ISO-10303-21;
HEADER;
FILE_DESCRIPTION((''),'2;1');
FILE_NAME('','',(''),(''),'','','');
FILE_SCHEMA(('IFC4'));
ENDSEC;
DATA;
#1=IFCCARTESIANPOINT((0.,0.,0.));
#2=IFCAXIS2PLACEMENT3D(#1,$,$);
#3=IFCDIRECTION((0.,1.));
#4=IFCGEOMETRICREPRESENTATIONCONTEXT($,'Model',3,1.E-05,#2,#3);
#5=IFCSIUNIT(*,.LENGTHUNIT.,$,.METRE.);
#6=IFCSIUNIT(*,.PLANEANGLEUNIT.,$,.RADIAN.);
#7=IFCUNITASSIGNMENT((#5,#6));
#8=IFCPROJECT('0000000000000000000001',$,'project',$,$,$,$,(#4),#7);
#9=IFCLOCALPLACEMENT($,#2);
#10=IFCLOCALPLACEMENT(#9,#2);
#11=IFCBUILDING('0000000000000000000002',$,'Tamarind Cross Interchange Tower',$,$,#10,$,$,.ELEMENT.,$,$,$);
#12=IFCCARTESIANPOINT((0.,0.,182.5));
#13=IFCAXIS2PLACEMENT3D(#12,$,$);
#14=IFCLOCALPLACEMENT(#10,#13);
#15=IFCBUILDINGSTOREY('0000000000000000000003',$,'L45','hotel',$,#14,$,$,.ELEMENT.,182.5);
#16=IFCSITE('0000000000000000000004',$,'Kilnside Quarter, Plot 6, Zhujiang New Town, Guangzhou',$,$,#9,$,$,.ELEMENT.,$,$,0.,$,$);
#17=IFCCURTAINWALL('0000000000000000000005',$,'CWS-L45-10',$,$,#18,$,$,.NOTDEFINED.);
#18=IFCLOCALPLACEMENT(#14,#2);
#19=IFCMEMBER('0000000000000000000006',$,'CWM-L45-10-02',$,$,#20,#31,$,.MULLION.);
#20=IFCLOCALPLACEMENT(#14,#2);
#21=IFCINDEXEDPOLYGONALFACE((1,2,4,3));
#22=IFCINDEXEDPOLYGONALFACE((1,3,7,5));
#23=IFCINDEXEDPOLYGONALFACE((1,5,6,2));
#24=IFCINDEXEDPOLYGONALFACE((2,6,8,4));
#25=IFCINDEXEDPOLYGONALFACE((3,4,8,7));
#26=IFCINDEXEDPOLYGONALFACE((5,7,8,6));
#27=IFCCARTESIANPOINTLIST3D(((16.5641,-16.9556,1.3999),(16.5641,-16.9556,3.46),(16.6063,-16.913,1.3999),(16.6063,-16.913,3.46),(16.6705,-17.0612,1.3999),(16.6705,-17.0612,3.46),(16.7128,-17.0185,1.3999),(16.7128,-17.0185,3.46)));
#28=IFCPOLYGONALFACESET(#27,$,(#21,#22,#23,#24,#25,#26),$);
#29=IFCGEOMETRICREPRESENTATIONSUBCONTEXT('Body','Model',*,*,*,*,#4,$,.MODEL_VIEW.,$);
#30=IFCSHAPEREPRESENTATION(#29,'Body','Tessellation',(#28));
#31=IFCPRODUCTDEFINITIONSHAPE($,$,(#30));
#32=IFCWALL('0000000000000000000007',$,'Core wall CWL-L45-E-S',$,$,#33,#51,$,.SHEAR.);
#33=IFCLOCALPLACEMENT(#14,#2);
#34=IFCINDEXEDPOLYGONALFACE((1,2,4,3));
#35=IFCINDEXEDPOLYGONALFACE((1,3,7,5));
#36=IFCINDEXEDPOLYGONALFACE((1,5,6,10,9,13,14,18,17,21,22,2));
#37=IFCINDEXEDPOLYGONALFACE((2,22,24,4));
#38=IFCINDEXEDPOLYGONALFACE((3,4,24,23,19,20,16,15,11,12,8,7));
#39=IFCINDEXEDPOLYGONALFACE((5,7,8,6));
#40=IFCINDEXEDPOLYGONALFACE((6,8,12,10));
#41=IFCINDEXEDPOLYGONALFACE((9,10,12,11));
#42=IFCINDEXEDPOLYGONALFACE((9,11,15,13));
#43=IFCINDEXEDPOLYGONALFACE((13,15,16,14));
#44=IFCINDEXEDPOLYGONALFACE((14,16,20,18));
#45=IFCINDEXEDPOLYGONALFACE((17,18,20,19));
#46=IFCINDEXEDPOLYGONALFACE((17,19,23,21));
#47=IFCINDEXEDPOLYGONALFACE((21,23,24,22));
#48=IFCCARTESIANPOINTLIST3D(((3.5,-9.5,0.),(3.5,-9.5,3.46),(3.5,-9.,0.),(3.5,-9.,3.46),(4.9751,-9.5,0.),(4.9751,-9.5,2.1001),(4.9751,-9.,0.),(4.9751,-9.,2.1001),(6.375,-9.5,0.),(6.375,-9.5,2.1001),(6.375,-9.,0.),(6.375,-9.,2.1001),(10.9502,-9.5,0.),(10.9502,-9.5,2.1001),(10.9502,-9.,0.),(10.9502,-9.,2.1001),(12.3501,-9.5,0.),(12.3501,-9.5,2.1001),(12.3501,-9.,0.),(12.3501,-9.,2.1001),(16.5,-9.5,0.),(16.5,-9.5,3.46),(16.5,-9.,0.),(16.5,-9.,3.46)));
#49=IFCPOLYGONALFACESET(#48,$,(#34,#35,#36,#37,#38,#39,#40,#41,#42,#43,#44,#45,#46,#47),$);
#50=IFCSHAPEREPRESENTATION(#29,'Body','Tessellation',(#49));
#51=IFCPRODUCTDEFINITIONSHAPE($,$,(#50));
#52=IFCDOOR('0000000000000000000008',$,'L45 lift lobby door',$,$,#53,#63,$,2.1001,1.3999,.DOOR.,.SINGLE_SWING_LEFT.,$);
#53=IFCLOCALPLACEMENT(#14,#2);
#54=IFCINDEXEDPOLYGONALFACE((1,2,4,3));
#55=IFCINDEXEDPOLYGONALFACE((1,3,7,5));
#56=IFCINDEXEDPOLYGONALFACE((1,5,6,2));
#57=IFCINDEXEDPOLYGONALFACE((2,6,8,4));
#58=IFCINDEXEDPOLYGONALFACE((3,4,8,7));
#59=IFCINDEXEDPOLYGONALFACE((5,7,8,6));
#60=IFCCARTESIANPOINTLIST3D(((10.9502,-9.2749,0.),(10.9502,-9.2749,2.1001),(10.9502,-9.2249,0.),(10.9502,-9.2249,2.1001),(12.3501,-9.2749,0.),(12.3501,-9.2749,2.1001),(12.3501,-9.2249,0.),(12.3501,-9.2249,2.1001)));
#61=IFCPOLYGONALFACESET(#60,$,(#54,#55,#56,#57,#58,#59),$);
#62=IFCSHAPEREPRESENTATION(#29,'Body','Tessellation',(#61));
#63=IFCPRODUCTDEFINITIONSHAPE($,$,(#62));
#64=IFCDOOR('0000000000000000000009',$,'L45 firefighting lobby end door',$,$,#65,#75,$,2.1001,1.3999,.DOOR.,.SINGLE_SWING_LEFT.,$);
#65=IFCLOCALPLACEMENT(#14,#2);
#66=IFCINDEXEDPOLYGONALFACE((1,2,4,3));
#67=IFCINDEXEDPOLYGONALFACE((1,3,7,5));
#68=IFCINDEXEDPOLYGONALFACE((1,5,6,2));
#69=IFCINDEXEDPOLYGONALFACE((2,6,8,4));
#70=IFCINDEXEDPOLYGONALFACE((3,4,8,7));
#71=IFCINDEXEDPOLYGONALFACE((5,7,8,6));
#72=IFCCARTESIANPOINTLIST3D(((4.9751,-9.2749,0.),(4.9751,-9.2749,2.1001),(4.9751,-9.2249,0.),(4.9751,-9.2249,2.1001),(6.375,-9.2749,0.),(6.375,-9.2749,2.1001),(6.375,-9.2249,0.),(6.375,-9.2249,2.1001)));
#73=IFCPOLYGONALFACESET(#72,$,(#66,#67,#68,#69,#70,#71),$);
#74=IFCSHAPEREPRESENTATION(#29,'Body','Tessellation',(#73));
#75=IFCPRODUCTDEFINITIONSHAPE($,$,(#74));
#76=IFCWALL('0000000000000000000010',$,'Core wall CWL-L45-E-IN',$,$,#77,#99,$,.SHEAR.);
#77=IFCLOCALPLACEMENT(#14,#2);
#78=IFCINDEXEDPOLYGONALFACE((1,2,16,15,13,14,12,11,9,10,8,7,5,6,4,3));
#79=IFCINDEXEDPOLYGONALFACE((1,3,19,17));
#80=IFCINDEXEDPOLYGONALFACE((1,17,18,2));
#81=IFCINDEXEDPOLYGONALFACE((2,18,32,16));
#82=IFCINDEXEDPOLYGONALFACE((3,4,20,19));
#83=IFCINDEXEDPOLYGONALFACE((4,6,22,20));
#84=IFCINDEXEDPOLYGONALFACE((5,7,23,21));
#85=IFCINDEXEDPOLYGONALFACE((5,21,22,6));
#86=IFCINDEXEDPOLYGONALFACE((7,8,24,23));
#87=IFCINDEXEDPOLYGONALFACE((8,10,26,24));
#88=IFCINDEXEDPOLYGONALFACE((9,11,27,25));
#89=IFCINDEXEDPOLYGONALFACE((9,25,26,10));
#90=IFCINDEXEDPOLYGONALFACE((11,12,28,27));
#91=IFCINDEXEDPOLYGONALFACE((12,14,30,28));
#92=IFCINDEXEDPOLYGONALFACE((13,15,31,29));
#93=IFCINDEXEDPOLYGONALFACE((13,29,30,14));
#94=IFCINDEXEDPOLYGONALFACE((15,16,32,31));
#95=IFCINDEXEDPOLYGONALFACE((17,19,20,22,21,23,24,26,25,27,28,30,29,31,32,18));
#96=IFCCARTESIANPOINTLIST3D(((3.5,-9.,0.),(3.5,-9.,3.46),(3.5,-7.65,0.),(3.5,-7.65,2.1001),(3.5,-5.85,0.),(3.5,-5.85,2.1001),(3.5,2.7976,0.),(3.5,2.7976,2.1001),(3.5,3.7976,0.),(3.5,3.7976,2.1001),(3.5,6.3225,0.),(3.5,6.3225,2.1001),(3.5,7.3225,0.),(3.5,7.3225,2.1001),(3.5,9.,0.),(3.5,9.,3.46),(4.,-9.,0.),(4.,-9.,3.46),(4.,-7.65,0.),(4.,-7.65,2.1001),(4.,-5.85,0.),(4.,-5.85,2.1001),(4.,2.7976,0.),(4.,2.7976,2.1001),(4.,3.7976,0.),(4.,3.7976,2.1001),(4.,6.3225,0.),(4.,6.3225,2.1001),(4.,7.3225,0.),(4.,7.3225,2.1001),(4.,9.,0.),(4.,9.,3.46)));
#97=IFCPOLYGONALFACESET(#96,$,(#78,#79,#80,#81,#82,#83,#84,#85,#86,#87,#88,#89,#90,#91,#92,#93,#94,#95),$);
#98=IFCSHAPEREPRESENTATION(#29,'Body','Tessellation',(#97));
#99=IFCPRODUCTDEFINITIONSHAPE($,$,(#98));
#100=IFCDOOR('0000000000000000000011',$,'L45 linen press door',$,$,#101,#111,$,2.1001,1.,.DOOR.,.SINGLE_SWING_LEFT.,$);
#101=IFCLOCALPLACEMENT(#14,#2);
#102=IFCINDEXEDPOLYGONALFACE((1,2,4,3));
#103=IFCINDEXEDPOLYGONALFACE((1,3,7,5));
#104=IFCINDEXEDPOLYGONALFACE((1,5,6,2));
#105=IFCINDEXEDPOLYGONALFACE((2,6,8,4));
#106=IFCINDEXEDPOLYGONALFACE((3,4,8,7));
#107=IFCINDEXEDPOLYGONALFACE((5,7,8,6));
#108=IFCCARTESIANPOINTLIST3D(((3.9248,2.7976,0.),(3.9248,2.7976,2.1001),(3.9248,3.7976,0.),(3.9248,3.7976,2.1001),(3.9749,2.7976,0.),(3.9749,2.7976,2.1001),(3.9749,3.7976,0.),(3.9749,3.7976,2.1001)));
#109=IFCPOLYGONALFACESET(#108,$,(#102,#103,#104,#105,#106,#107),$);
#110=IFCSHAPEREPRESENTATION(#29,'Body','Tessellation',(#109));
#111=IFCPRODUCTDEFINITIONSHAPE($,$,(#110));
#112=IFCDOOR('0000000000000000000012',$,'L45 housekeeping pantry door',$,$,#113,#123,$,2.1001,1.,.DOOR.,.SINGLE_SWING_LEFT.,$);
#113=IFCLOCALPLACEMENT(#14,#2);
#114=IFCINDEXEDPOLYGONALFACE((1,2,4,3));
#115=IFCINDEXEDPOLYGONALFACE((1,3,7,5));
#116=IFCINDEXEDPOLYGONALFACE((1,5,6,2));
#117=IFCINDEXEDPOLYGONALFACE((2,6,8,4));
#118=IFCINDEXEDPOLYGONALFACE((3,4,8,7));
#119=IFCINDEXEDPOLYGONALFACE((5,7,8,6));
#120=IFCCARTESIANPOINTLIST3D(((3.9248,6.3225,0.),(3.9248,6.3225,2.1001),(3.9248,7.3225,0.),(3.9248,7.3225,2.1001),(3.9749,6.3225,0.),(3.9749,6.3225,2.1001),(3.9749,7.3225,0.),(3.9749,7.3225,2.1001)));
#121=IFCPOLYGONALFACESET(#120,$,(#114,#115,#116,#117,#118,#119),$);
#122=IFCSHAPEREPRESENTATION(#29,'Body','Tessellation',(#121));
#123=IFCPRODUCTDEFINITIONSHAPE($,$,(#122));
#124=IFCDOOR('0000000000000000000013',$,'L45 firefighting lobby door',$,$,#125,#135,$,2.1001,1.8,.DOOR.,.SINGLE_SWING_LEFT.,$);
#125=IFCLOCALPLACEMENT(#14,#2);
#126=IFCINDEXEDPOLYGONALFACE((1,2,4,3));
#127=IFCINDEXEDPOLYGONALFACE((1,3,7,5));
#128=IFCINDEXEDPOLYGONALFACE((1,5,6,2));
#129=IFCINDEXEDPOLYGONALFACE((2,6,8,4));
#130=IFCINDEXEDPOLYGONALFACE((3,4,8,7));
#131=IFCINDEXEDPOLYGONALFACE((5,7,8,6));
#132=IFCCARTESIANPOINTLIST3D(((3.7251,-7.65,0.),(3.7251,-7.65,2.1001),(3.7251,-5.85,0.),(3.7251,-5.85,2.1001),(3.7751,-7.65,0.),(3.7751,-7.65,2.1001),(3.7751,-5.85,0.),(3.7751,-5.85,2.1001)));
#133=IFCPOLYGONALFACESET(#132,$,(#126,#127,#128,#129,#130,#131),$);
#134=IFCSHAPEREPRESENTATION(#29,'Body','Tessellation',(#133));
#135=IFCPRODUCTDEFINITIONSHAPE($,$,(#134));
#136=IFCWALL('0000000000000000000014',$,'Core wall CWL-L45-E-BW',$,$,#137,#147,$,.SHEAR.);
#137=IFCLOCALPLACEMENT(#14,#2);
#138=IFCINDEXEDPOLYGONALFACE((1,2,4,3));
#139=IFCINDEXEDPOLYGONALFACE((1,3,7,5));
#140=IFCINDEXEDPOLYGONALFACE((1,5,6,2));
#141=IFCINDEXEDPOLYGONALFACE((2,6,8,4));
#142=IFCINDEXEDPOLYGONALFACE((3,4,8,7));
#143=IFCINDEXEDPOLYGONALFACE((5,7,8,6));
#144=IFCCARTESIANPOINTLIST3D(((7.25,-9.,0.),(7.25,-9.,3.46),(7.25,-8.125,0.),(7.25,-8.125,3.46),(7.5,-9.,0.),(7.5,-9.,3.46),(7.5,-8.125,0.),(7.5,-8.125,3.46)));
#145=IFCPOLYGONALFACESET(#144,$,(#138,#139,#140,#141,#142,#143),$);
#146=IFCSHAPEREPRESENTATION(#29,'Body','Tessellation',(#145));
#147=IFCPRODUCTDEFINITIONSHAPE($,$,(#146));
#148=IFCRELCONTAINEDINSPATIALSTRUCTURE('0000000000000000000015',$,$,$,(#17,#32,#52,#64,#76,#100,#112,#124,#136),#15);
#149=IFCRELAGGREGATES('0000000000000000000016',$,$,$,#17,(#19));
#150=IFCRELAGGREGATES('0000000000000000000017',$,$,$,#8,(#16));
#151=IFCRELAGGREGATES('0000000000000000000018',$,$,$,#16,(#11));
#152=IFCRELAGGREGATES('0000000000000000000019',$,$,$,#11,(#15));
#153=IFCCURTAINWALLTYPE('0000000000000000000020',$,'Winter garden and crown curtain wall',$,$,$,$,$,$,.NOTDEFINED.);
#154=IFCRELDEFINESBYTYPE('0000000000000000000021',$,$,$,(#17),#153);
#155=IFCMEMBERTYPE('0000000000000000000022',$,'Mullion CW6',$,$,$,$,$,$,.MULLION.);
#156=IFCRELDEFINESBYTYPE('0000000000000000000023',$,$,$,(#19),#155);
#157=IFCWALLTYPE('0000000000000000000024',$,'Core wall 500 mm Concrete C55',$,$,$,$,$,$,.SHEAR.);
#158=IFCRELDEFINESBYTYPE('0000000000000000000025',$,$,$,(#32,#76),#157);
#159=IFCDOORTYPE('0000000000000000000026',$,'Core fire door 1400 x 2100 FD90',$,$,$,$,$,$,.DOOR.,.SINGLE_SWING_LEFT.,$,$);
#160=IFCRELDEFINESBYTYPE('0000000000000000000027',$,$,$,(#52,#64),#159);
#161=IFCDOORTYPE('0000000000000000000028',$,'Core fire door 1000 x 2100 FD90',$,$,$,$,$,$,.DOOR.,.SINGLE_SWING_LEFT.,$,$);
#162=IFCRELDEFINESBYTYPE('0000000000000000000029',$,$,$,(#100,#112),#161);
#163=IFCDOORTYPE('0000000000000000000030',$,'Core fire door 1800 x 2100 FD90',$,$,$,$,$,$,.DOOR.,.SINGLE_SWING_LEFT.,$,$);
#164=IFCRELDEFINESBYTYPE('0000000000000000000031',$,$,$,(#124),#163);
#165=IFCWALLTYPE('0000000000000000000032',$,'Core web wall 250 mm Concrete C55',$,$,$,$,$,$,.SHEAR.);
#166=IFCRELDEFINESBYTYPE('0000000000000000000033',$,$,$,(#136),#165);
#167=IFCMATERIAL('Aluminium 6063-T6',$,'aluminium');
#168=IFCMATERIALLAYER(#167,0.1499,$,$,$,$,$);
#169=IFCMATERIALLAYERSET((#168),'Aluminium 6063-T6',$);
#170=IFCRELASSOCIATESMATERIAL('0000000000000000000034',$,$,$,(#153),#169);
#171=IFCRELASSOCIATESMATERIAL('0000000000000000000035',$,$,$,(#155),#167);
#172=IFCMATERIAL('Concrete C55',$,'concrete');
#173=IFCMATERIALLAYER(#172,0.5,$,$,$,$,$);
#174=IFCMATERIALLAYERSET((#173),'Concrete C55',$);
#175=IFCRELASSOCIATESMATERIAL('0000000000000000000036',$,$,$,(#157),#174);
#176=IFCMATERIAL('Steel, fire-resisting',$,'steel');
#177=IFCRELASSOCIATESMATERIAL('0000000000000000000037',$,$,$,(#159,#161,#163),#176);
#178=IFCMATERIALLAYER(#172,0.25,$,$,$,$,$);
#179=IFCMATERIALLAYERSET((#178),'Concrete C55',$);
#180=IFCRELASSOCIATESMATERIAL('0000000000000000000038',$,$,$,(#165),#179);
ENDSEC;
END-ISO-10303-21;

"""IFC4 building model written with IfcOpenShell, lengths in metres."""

from ifc_helpers import new_model, si_unit, direction, frame, frame_2d, origin, origin_2d, place, context, subcontext, project, spatial, rectangle, extrude, material, layer, layer_set, material_profile, profile_set, type_object, element, fill, aggregate, save


model = new_model("IFC4")

# Units and contexts
model_context = context("Model", 3, precision=1e-05, world=origin(), true_north=direction((0.0, 1.0)))
body_context = subcontext(model_context, "Body", "Model", "MODEL_VIEW")
ifc_project = project(units=[si_unit("LENGTHUNIT", "METRE"), si_unit("PLANEANGLEUNIT", "RADIAN")], contexts=[model_context])

# Site, building, storey
site_placement = place(None, origin())
site = spatial("IfcSite", under=ifc_project, at=site_placement, Name="Kilnside Quarter, Plot 6, Zhujiang New Town, Guangzhou", CompositionType="ELEMENT", RefElevation=0.0)
building_placement = place(site_placement, origin())
building = spatial("IfcBuilding", under=site, at=building_placement, Name="Tamarind Cross Interchange Tower", CompositionType="ELEMENT")
storey_placement = place(building_placement, frame((0.0, 0.0, 182.5)))
storey = spatial("IfcBuildingStorey", under=building, at=storey_placement, Name="L45", Description="hotel", CompositionType="ELEMENT", Elevation=182.5)

# Curtain wall, member
ifc_material_1 = material(Name="Aluminium 6063-T6", Category="aluminium")
ifc_layer_1 = layer(ifc_material_1, 0.1499)
ifc_layer_set_1 = layer_set([ifc_layer_1], Name="Aluminium 6063-T6")
curtain_wall_type = type_object("IfcCurtainWallType", Name="Winter garden and crown curtain wall", PredefinedType="NOTDEFINED", material=ifc_layer_set_1)
curtain_wall_placement = place(storey_placement, origin())
curtain_wall = element("IfcCurtainWall", 1, at=curtain_wall_placement, inside=storey, type_object=curtain_wall_type, Name="CWS-L45-10", PredefinedType="NOTDEFINED")
ifc_material_profile = material_profile(ifc_material_1, rectangle(XDim=0.0601, YDim=0.1499, at=origin_2d()), Name="Mullion CW6")
ifc_profile_set = profile_set([ifc_material_profile], Name="Aluminium 6063-T6")
member_type = type_object("IfcMemberType", Name="Mullion CW6", PredefinedType="MULLION", material=ifc_profile_set)
member_placement = place(storey_placement, frame((16.6384, -16.9871, 1.3999), z_axis=(0.0, 0.0, 1.0), x_axis=(0.704057, 0.710143, 0.0)))
member = element("IfcMember", 2, at=member_placement, type_object=member_type, Name="CWM-L45-10-02", PredefinedType="MULLION", context=body_context, shape_type="SweptSolid", body=[
    extrude(rectangle(XDim=0.0601, YDim=0.1499, at=origin_2d()), origin(), (0.0, 0.0, 1.0), 2.0601),
])
aggregate(curtain_wall, [member])

# Walls, openings, doors
ifc_material_2 = material(Name="Concrete C55", Category="concrete")
ifc_layer_2 = layer(ifc_material_2, 0.5)
ifc_layer_set_2 = layer_set([ifc_layer_2], Name="Concrete C55")
wall_type_1 = type_object("IfcWallType", Name="Core wall 500 mm Concrete C55", PredefinedType="SHEAR", material=ifc_layer_set_2)
wall_1_placement = place(storey_placement, frame((16.5, -9.25, 0.0), z_axis=(0.0, 0.0, 1.0), x_axis=(-1.0, 0.0, 0.0)))
wall_1 = element("IfcWall", 3, at=wall_1_placement, inside=storey, type_object=wall_type_1, Name="Core wall CWL-L45-E-S", PredefinedType="SHEAR", context=body_context, shape_type="SweptSolid", body=[
    extrude(rectangle(XDim=13.0, YDim=0.5, at=frame_2d((6.5, 0.0))), origin(), (0.0, 0.0, 1.0), 3.46),
])
opening_1_placement = place(wall_1_placement, frame((4.1499, 0.0, 0.0)))
opening_1 = element("IfcOpeningElement", 4, at=opening_1_placement, cuts=wall_1, PredefinedType="OPENING", context=body_context, shape_type="SweptSolid", body=[
    extrude(rectangle(XDim=1.3999, YDim=2.1001, at=frame_2d((0.7, 1.05))), frame((0.0, 0.26, 0.0), z_axis=(0.0, -1.0, 0.0), x_axis=(1.0, 0.0, 0.0)), (0.0, 0.0, 1.0), 0.52),
])
opening_2_placement = place(wall_1_placement, frame((10.125, 0.0, 0.0)))
opening_2 = element("IfcOpeningElement", 5, at=opening_2_placement, cuts=wall_1, PredefinedType="OPENING", context=body_context, shape_type="SweptSolid", body=[
    extrude(rectangle(XDim=1.3999, YDim=2.1001, at=frame_2d((0.7, 1.05))), frame((0.0, 0.26, 0.0), z_axis=(0.0, -1.0, 0.0), x_axis=(1.0, 0.0, 0.0)), (0.0, 0.0, 1.0), 0.52),
])
ifc_material_3 = material(Name="Steel, fire-resisting", Category="steel")
door_type_1 = type_object("IfcDoorType", Name="Core fire door 1400 x 2100 FD90", OperationType="SINGLE_SWING_LEFT", PredefinedType="DOOR", material=ifc_material_3)
door_1_placement = place(opening_1_placement, origin())
door_1 = element("IfcDoor", 6, at=door_1_placement, inside=storey, type_object=door_type_1, Name="L45 lift lobby door", OperationType="SINGLE_SWING_LEFT", OverallHeight=2.1001, OverallWidth=1.3999, PredefinedType="DOOR", context=body_context, shape_type="SweptSolid", body=[
    extrude(rectangle(XDim=1.3999, YDim=2.1001, at=frame_2d((0.7, 1.05))), frame((0.0, 0.0249, 0.0), z_axis=(0.0, -1.0, 0.0), x_axis=(1.0, 0.0, 0.0)), (0.0, 0.0, 1.0), 0.05),
])
fill(opening_1, door_1)
door_2_placement = place(opening_2_placement, origin())
door_2 = element("IfcDoor", 7, at=door_2_placement, inside=storey, type_object=door_type_1, Name="L45 firefighting lobby end door", OperationType="SINGLE_SWING_LEFT", OverallHeight=2.1001, OverallWidth=1.3999, PredefinedType="DOOR", context=body_context, shape_type="SweptSolid", body=[
    extrude(rectangle(XDim=1.3999, YDim=2.1001, at=frame_2d((0.7, 1.05))), frame((0.0, 0.0249, 0.0), z_axis=(0.0, -1.0, 0.0), x_axis=(1.0, 0.0, 0.0)), (0.0, 0.0, 1.0), 0.05),
])
fill(opening_2, door_2)
wall_2_placement = place(storey_placement, frame((3.75, -9.0, 0.0), z_axis=(0.0, 0.0, 1.0), x_axis=(0.0, 1.0, 0.0)))
wall_2 = element("IfcWall", 8, at=wall_2_placement, inside=storey, type_object=wall_type_1, Name="Core wall CWL-L45-E-IN", PredefinedType="SHEAR", context=body_context, shape_type="SweptSolid", body=[
    extrude(rectangle(XDim=18.0, YDim=0.5, at=frame_2d((9.0, 0.0))), origin(), (0.0, 0.0, 1.0), 3.46),
])
opening_3_placement = place(wall_2_placement, frame((1.3501, 0.0, 0.0)))
opening_3 = element("IfcOpeningElement", 9, at=opening_3_placement, cuts=wall_2, PredefinedType="OPENING", context=body_context, shape_type="SweptSolid", body=[
    extrude(rectangle(XDim=1.8, YDim=2.1001, at=frame_2d((0.8999, 1.05))), frame((0.0, 0.26, 0.0), z_axis=(0.0, -1.0, 0.0), x_axis=(1.0, 0.0, 0.0)), (0.0, 0.0, 1.0), 0.52),
])
opening_4_placement = place(wall_2_placement, frame((11.7976, 0.0, 0.0)))
opening_4 = element("IfcOpeningElement", 10, at=opening_4_placement, cuts=wall_2, PredefinedType="OPENING", context=body_context, shape_type="SweptSolid", body=[
    extrude(rectangle(XDim=1.0, YDim=2.1001, at=frame_2d((0.5, 1.05))), frame((0.0, 0.26, 0.0), z_axis=(0.0, -1.0, 0.0), x_axis=(1.0, 0.0, 0.0)), (0.0, 0.0, 1.0), 0.52),
])
opening_5_placement = place(wall_2_placement, frame((15.3225, 0.0, 0.0)))
opening_5 = element("IfcOpeningElement", 11, at=opening_5_placement, cuts=wall_2, PredefinedType="OPENING", context=body_context, shape_type="SweptSolid", body=[
    extrude(rectangle(XDim=1.0, YDim=2.1001, at=frame_2d((0.5, 1.05))), frame((0.0, 0.26, 0.0), z_axis=(0.0, -1.0, 0.0), x_axis=(1.0, 0.0, 0.0)), (0.0, 0.0, 1.0), 0.52),
])
door_type_2 = type_object("IfcDoorType", Name="Core fire door 1000 x 2100 FD90", OperationType="SINGLE_SWING_LEFT", PredefinedType="DOOR", material=ifc_material_3)
door_3_placement = place(opening_4_placement, origin())
door_3 = element("IfcDoor", 12, at=door_3_placement, inside=storey, type_object=door_type_2, Name="L45 linen press door", OperationType="SINGLE_SWING_LEFT", OverallHeight=2.1001, OverallWidth=1.0, PredefinedType="DOOR", context=body_context, shape_type="SweptSolid", body=[
    extrude(rectangle(XDim=1.0, YDim=2.1001, at=frame_2d((0.5, 1.05))), frame((0.0, -0.1748, 0.0), z_axis=(0.0, -1.0, 0.0), x_axis=(1.0, 0.0, 0.0)), (0.0, 0.0, 1.0), 0.05),
])
fill(opening_4, door_3)
door_4_placement = place(opening_5_placement, origin())
door_4 = element("IfcDoor", 13, at=door_4_placement, inside=storey, type_object=door_type_2, Name="L45 housekeeping pantry door", OperationType="SINGLE_SWING_LEFT", OverallHeight=2.1001, OverallWidth=1.0, PredefinedType="DOOR", context=body_context, shape_type="SweptSolid", body=[
    extrude(rectangle(XDim=1.0, YDim=2.1001, at=frame_2d((0.5, 1.05))), frame((0.0, -0.1748, 0.0), z_axis=(0.0, -1.0, 0.0), x_axis=(1.0, 0.0, 0.0)), (0.0, 0.0, 1.0), 0.05),
])
fill(opening_5, door_4)
door_type_3 = type_object("IfcDoorType", Name="Core fire door 1800 x 2100 FD90", OperationType="SINGLE_SWING_LEFT", PredefinedType="DOOR", material=ifc_material_3)
door_5_placement = place(opening_3_placement, origin())
door_5 = element("IfcDoor", 14, at=door_5_placement, inside=storey, type_object=door_type_3, Name="L45 firefighting lobby door", OperationType="SINGLE_SWING_LEFT", OverallHeight=2.1001, OverallWidth=1.8, PredefinedType="DOOR", context=body_context, shape_type="SweptSolid", body=[
    extrude(rectangle(XDim=1.8, YDim=2.1001, at=frame_2d((0.8999, 1.05))), frame((0.0, 0.0249, 0.0), z_axis=(0.0, -1.0, 0.0), x_axis=(1.0, 0.0, 0.0)), (0.0, 0.0, 1.0), 0.05),
])
fill(opening_3, door_5)

# Wall
ifc_layer_3 = layer(ifc_material_2, 0.25)
ifc_layer_set_3 = layer_set([ifc_layer_3], Name="Concrete C55")
wall_type_2 = type_object("IfcWallType", Name="Core web wall 250 mm Concrete C55", PredefinedType="SHEAR", material=ifc_layer_set_3)
wall_3_placement = place(storey_placement, frame((7.375, -9.0, 0.0), z_axis=(0.0, 0.0, 1.0), x_axis=(0.0, 1.0, 0.0)))
element("IfcWall", 15, at=wall_3_placement, inside=storey, type_object=wall_type_2, Name="Core wall CWL-L45-E-BW", PredefinedType="SHEAR", context=body_context, shape_type="SweptSolid", body=[
    extrude(rectangle(XDim=0.875, YDim=0.25, at=frame_2d((0.4375, 0.0))), origin(), (0.0, 0.0, 1.0), 3.46),
])

save(model, "model.ifc")
